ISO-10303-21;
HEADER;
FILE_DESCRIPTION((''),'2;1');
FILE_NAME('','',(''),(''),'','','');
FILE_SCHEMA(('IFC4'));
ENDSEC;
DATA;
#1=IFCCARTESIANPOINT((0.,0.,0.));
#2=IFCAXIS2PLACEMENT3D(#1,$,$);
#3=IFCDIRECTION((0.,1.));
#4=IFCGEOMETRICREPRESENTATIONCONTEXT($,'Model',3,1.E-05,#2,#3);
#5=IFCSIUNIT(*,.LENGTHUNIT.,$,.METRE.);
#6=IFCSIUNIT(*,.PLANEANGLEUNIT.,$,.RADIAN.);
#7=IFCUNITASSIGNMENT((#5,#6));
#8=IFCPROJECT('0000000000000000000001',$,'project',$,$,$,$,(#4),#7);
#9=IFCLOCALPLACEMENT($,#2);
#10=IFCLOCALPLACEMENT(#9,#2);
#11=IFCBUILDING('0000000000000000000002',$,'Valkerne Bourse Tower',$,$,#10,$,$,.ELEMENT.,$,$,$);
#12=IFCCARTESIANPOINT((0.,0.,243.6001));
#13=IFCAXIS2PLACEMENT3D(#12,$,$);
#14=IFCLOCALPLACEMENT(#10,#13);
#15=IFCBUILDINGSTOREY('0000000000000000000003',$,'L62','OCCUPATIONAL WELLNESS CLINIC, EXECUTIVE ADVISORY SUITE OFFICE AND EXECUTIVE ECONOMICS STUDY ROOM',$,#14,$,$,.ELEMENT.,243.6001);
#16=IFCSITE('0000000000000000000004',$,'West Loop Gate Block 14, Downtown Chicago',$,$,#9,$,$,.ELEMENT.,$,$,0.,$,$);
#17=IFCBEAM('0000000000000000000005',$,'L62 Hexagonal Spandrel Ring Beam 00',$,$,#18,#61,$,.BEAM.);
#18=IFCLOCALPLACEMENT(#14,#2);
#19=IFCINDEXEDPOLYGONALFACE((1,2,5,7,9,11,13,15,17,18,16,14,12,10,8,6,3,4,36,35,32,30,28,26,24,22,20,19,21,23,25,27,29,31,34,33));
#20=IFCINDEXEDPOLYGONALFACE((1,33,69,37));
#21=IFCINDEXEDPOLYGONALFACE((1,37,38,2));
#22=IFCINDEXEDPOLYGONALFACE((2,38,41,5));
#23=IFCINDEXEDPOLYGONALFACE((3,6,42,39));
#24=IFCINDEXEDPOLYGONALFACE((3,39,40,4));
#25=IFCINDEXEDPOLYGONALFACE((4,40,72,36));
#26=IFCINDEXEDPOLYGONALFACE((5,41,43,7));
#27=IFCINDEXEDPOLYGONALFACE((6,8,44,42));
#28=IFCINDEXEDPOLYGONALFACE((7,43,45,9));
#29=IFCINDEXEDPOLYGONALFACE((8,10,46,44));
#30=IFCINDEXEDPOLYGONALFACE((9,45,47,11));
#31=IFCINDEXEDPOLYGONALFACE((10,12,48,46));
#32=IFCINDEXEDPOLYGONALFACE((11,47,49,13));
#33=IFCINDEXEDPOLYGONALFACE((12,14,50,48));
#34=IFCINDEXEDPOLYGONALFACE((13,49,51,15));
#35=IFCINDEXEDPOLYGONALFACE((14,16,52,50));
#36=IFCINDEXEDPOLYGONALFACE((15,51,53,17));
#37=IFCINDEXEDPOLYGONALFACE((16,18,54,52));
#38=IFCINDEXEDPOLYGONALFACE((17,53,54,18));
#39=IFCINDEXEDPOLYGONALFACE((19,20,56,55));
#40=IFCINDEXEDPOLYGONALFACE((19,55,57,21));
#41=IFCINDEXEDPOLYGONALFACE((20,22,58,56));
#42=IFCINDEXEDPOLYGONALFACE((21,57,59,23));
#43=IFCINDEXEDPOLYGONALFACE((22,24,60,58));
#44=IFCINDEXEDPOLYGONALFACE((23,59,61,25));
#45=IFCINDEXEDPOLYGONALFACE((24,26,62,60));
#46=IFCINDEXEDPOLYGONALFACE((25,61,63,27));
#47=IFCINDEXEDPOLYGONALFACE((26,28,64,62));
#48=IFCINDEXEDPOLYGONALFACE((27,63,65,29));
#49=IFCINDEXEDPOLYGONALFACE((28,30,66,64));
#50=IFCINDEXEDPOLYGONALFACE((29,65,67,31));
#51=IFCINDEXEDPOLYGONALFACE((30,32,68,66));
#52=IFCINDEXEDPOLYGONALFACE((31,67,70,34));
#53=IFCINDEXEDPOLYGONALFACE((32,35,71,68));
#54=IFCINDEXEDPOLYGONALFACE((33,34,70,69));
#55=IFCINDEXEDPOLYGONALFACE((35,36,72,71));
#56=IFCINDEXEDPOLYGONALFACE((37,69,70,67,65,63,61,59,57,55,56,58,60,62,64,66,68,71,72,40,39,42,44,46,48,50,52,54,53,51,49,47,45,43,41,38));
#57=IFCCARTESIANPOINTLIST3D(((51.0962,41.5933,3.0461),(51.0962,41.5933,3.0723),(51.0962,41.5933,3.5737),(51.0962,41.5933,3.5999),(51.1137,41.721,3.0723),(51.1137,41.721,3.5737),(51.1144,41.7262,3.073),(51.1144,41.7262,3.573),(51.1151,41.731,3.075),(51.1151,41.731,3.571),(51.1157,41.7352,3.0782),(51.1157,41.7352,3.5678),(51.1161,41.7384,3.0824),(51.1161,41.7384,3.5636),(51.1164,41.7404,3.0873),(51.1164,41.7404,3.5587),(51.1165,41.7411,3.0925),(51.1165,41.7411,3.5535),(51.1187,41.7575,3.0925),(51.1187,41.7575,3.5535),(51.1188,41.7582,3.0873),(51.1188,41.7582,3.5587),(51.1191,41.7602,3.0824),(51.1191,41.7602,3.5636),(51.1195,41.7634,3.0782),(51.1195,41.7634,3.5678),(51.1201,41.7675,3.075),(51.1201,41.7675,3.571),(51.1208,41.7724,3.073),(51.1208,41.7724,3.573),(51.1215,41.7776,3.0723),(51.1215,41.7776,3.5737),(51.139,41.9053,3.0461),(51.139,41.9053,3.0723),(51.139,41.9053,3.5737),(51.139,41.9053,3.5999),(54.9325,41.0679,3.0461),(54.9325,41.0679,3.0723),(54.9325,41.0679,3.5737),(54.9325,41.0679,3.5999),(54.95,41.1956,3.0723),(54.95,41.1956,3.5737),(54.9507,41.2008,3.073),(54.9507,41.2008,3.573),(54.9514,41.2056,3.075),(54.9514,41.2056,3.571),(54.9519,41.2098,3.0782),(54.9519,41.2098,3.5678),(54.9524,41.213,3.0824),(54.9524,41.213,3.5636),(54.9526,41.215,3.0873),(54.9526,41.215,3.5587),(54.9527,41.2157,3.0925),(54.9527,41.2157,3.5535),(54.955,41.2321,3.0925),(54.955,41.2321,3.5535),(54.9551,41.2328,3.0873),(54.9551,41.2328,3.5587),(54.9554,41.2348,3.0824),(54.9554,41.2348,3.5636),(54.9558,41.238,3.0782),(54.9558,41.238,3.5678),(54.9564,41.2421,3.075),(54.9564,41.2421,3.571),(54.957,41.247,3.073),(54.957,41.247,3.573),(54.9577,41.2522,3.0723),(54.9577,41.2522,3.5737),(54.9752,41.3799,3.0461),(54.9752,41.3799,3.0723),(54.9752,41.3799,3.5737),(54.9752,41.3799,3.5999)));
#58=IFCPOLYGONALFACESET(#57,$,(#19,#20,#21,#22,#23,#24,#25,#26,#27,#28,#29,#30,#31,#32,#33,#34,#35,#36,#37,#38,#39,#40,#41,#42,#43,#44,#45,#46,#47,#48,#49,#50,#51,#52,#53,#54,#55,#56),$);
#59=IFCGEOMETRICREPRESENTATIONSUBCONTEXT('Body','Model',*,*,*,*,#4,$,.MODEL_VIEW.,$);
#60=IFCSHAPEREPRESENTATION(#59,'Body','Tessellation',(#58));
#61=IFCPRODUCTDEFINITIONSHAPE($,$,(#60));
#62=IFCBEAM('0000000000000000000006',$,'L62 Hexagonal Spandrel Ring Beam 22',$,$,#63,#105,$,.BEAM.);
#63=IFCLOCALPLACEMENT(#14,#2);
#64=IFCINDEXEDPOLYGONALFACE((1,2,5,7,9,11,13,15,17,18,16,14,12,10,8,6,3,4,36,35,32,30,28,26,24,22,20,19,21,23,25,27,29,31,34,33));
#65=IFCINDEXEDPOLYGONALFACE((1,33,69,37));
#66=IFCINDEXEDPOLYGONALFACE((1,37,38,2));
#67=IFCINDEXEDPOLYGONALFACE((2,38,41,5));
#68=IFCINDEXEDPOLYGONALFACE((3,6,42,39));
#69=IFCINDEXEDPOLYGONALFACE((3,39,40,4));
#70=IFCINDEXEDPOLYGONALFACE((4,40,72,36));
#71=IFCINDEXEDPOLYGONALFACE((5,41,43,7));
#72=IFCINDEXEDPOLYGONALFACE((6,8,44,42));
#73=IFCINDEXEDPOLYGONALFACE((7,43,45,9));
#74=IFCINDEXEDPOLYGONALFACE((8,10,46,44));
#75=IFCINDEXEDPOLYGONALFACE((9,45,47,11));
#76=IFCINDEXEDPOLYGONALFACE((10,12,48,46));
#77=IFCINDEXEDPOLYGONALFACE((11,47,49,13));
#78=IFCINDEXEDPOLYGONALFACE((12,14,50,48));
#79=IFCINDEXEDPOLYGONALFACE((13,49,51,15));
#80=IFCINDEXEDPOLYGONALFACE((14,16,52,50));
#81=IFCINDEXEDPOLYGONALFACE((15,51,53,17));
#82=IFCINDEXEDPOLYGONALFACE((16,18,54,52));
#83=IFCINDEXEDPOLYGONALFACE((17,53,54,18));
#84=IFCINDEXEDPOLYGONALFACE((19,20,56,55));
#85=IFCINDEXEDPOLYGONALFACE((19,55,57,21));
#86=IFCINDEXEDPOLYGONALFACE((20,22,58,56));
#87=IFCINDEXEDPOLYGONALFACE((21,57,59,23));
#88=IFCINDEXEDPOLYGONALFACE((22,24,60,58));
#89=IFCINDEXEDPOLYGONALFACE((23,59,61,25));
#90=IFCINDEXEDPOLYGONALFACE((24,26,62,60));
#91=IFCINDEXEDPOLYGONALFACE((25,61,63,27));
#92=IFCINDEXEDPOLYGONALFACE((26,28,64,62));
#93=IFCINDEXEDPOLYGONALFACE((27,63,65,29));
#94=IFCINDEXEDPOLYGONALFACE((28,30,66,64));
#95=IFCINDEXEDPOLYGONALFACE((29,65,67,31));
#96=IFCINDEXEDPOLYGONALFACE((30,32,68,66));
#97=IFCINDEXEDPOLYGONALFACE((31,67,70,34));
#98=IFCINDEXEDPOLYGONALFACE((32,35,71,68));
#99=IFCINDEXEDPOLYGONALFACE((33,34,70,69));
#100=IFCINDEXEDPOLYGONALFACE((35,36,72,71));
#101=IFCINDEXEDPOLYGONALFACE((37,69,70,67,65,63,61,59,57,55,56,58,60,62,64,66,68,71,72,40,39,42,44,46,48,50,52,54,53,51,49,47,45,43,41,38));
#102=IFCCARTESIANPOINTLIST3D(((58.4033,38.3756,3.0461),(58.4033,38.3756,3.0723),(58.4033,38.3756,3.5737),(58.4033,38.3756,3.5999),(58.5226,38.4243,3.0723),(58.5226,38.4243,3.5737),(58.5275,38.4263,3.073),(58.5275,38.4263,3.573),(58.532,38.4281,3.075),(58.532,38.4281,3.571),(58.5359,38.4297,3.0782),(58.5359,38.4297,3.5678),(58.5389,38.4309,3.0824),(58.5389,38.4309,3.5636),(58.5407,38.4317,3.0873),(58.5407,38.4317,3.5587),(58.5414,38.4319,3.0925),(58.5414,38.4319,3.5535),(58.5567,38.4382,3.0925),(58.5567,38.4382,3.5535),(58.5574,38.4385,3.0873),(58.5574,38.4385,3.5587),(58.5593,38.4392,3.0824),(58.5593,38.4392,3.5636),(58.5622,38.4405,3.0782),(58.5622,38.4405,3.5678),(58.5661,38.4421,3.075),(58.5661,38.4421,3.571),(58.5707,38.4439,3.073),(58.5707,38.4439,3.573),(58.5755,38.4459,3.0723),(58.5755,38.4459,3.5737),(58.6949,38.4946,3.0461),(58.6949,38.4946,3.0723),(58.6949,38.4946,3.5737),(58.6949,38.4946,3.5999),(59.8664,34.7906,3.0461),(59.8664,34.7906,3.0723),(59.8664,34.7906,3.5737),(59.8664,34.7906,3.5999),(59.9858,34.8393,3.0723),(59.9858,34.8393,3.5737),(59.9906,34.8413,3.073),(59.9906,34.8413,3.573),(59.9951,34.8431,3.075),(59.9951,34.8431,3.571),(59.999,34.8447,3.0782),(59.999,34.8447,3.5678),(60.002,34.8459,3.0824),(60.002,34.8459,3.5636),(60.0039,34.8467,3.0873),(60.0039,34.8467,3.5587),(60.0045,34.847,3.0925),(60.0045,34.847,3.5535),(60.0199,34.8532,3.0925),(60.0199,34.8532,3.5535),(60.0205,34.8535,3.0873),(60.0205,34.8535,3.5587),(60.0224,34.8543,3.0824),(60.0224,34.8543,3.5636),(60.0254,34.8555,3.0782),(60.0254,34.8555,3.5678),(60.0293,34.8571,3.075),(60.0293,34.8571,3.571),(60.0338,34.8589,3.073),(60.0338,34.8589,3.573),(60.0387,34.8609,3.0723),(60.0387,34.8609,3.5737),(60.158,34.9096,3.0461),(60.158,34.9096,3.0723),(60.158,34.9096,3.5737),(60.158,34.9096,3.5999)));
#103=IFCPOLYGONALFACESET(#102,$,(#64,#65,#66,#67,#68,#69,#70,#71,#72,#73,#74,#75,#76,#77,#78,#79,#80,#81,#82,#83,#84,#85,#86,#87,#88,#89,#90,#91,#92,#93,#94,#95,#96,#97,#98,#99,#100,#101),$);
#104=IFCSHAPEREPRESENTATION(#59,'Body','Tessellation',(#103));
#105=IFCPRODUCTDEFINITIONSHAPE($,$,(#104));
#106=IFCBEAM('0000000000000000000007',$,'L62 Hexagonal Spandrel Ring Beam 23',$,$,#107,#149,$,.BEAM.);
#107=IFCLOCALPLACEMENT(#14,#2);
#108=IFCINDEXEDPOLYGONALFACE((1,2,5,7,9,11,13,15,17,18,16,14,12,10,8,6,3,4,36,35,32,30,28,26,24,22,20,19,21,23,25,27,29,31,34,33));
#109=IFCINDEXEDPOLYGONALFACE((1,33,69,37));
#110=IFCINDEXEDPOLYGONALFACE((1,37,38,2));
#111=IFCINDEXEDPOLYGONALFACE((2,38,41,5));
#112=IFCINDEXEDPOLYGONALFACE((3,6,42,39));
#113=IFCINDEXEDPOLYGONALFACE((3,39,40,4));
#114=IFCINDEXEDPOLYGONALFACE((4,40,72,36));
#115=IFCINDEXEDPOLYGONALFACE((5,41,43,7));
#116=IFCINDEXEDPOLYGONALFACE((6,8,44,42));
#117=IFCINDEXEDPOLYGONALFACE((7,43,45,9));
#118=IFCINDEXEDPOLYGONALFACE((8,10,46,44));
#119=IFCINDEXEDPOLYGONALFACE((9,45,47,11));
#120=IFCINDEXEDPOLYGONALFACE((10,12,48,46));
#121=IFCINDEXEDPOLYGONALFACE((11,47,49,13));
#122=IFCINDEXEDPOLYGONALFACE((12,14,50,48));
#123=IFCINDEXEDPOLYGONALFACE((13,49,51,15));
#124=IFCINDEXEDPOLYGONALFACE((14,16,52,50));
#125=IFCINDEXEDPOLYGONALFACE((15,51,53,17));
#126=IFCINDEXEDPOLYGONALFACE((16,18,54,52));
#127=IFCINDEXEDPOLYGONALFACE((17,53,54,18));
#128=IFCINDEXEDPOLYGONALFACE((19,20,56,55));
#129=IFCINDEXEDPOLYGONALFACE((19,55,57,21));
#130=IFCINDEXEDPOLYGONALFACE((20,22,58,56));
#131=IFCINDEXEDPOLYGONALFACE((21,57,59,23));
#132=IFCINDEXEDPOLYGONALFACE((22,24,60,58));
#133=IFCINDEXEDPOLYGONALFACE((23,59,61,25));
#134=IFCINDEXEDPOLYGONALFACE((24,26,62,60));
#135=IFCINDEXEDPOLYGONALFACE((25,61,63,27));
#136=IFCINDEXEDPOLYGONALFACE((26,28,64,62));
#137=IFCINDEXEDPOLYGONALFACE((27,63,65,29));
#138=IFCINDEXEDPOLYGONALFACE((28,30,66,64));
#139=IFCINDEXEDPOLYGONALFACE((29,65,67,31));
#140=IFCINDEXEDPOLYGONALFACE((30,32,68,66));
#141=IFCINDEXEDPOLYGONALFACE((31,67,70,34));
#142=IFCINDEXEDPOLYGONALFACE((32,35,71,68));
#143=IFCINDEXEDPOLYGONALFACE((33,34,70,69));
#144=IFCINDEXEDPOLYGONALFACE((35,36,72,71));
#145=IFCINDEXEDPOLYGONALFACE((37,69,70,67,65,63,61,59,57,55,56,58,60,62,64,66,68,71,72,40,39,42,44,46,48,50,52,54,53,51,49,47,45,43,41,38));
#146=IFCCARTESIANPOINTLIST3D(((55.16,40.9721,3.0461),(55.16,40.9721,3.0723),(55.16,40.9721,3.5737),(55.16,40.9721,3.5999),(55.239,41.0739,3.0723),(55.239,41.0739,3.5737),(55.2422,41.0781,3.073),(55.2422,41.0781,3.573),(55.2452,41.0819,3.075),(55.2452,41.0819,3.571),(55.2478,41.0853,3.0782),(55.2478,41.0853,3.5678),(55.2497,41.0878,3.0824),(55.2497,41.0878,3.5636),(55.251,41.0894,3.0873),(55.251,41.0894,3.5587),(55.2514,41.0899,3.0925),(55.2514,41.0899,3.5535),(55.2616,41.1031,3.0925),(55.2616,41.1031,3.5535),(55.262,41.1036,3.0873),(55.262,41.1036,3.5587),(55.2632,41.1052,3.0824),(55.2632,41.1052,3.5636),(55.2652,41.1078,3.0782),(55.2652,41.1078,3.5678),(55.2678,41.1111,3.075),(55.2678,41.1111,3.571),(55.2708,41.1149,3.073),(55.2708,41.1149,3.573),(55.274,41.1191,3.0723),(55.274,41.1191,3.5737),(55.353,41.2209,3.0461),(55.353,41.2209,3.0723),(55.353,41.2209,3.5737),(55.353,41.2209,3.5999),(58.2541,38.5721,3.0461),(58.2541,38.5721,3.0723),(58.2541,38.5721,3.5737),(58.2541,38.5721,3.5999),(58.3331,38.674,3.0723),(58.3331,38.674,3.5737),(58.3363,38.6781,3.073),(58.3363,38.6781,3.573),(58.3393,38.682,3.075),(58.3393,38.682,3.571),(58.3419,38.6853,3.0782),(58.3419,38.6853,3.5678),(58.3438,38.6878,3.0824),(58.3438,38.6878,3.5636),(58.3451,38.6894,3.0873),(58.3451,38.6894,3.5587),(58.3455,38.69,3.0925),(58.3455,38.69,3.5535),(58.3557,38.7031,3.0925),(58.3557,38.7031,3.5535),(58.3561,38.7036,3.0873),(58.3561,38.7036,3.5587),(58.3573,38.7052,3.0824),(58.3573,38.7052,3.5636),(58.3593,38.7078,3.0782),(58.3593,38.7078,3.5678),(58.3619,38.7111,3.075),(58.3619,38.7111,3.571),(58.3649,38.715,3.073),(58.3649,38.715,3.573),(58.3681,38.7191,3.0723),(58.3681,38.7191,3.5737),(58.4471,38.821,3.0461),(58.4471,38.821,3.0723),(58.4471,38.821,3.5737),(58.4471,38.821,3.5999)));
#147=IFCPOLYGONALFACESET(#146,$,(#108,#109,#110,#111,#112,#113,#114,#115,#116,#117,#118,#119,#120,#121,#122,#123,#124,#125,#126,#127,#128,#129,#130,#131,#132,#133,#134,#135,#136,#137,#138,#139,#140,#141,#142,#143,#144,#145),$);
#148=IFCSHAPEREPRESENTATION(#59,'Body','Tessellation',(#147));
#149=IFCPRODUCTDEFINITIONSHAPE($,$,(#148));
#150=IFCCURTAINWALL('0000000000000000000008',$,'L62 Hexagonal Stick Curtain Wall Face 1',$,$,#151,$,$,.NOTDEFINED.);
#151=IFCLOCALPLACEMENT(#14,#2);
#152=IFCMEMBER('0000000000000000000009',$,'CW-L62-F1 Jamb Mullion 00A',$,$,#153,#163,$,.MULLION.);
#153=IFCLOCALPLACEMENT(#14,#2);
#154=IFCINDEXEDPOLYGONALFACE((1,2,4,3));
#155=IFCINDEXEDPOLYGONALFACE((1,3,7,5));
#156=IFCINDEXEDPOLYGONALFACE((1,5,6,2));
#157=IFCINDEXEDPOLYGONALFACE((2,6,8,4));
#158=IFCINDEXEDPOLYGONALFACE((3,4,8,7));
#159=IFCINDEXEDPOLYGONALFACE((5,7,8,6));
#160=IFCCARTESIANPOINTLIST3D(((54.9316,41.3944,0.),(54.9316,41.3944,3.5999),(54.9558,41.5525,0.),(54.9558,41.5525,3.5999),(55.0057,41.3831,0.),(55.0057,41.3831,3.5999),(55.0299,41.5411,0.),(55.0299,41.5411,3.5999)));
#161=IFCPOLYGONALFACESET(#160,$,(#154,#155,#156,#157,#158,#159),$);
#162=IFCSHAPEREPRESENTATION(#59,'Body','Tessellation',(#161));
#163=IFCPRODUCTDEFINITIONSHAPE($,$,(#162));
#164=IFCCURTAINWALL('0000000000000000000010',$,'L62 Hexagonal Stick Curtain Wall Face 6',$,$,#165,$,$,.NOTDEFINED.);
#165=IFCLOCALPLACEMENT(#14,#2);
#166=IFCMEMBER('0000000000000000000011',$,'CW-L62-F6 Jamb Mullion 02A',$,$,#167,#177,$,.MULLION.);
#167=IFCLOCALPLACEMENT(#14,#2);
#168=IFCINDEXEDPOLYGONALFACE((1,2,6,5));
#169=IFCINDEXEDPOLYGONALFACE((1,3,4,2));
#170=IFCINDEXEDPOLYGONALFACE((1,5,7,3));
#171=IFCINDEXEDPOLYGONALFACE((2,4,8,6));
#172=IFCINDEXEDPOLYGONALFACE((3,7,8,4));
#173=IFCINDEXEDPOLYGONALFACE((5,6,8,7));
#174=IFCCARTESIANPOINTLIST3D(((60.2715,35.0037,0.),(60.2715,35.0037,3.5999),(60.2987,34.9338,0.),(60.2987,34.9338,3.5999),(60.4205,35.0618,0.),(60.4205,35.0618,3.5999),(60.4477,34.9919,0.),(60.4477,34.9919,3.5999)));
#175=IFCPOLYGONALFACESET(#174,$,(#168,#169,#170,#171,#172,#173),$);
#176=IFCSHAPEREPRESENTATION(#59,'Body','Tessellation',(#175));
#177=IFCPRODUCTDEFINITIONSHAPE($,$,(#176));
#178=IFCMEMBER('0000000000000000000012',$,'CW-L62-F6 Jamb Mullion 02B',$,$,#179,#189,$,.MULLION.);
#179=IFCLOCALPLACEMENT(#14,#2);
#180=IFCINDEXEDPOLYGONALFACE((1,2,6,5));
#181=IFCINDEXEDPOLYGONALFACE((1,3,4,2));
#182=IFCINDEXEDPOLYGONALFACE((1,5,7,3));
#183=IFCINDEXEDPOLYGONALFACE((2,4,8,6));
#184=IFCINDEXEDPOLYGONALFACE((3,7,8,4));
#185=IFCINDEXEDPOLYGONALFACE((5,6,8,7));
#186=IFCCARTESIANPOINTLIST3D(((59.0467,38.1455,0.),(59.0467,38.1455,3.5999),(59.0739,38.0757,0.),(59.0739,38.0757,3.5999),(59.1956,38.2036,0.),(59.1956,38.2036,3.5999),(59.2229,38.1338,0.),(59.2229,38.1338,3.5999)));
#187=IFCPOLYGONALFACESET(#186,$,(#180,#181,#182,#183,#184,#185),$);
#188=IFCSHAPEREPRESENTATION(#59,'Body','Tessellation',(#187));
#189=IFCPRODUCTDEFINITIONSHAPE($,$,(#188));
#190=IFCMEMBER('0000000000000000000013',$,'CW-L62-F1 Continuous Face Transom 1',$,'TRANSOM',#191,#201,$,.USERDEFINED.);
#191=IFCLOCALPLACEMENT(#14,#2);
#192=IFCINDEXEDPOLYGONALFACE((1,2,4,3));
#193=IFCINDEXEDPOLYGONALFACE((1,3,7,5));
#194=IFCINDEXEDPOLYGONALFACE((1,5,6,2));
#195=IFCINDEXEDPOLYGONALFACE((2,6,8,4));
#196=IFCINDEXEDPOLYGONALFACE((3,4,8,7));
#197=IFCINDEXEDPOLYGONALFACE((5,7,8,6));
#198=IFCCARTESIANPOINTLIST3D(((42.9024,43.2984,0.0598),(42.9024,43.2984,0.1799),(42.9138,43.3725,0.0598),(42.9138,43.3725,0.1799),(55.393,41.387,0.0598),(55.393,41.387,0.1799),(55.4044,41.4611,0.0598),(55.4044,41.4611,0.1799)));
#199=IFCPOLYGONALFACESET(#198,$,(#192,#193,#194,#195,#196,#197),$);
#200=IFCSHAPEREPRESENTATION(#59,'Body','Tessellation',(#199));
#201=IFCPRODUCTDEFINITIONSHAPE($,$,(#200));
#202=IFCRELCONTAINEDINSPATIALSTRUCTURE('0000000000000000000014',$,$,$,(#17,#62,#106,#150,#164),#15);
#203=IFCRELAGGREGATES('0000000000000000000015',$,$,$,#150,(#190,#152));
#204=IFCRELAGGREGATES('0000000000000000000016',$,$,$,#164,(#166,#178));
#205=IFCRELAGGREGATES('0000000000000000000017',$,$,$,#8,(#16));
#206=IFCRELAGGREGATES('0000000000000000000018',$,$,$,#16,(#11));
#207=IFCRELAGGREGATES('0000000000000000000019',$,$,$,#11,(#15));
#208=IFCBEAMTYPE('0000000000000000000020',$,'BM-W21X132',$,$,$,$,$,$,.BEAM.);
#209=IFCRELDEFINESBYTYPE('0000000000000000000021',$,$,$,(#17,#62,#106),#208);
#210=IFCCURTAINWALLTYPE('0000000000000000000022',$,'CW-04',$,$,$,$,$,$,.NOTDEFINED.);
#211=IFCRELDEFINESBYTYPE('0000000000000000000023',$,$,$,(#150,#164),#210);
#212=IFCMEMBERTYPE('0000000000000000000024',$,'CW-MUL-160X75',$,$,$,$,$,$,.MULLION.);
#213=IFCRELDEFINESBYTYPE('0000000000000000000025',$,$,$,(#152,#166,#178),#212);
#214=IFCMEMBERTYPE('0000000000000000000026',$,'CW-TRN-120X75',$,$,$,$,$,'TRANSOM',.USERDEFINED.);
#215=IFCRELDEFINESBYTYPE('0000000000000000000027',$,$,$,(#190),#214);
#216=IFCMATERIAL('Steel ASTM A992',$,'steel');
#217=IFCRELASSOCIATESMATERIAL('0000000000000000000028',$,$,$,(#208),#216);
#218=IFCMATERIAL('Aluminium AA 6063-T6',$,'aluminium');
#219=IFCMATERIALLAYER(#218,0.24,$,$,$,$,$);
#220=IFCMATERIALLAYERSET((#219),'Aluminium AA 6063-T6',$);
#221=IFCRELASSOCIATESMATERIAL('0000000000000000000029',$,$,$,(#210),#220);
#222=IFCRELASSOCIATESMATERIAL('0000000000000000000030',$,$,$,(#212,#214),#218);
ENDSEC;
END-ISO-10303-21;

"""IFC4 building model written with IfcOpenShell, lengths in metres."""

from ifc_helpers import new_model, si_unit, direction, frame, origin, origin_2d, place, context, subcontext, project, spatial, rectangle, i_section, extrude, material, layer, layer_set, material_profile, profile_set, type_object, element, aggregate, save


model = new_model("IFC4")

# Units and contexts
model_context = context("Model", 3, precision=1e-05, world=origin(), true_north=direction((0.0, 1.0)))
body_context = subcontext(model_context, "Body", "Model", "MODEL_VIEW")
ifc_project = project(units=[si_unit("LENGTHUNIT", "METRE"), si_unit("PLANEANGLEUNIT", "RADIAN")], contexts=[model_context])

# Site, building, storey
site_placement = place(None, origin())
site = spatial("IfcSite", under=ifc_project, at=site_placement, Name="West Loop Gate Block 14, Downtown Chicago", CompositionType="ELEMENT", RefElevation=0.0)
building_placement = place(site_placement, origin())
building = spatial("IfcBuilding", under=site, at=building_placement, Name="Valkerne Bourse Tower", CompositionType="ELEMENT")
storey_placement = place(building_placement, frame((0.0, 0.0, 243.6001)))
storey = spatial("IfcBuildingStorey", under=building, at=storey_placement, Name="L62", Description="OCCUPATIONAL WELLNESS CLINIC, EXECUTIVE ADVISORY SUITE OFFICE AND EXECUTIVE ECONOMICS STUDY ROOM", CompositionType="ELEMENT", Elevation=243.6001)

# Beams
ifc_material_1 = material(Name="Steel ASTM A992", Category="steel")
ifc_material_profile_1 = material_profile(ifc_material_1, i_section(OverallWidth=0.3149, OverallDepth=0.5537, WebThickness=0.0166, FlangeThickness=0.0261, FilletRadius=0.0203, at=origin_2d()), Name="W21X132")
ifc_profile_set_1 = profile_set([ifc_material_profile_1], Name="Steel ASTM A992")
beam_type = type_object("IfcBeamType", Name="BM-W21X132", PredefinedType="BEAM", material=ifc_profile_set_1)
for number, where, z_axis, x_axis, name in (
    (1, (54.9539, 41.2239, 3.323), (-0.990751, 0.13569, 0.0), (-0.13569, -0.990751, 0.0), "L62 Hexagonal Spandrel Ring Beam 00"),
    (2, (60.0122, 34.8501, 3.323), (-0.377872, 0.925858, 0.0), (-0.925858, -0.377872, 0.0), "L62 Hexagonal Spandrel Ring Beam 22"),
):
    element("IfcBeam", number, at=place(storey_placement, frame(where, z_axis=z_axis, x_axis=x_axis)), inside=storey, type_object=beam_type, Name=name, PredefinedType="BEAM", context=body_context, shape_type="SweptSolid", body=[
        extrude(i_section(OverallWidth=0.3149, OverallDepth=0.5537, WebThickness=0.0166, FlangeThickness=0.0261, FilletRadius=0.0203, at=origin_2d()), origin(), (0.0, 0.0, 1.0), 3.8721),
    ])
beam_placement = place(storey_placement, frame((58.3506, 38.6965, 3.323), z_axis=(-0.790161, 0.6129, 0.0), x_axis=(-0.6129, -0.790161, 0.0)))
element("IfcBeam", 3, at=beam_placement, inside=storey, type_object=beam_type, Name="L62 Hexagonal Spandrel Ring Beam 23", PredefinedType="BEAM", context=body_context, shape_type="SweptSolid", body=[
    extrude(i_section(OverallWidth=0.3149, OverallDepth=0.5537, WebThickness=0.0166, FlangeThickness=0.0261, FilletRadius=0.0203, at=origin_2d()), origin(), (0.0, 0.0, 1.0), 3.9158),
])

# Curtain wall, member
ifc_material_2 = material(Name="Aluminium AA 6063-T6", Category="aluminium")
ifc_layer_1 = layer(ifc_material_2, 0.24)
ifc_layer_set_1 = layer_set([ifc_layer_1], Name="Aluminium AA 6063-T6")
curtain_wall_type = type_object("IfcCurtainWallType", Name="CW-04", PredefinedType="NOTDEFINED", material=ifc_layer_set_1)
curtain_wall_1_placement = place(storey_placement, origin())
curtain_wall_1 = element("IfcCurtainWall", 4, at=curtain_wall_1_placement, inside=storey, type_object=curtain_wall_type, Name="L62 Hexagonal Stick Curtain Wall Face 1", PredefinedType="NOTDEFINED")
ifc_material_profile_2 = material_profile(ifc_material_2, rectangle(XDim=0.075, YDim=0.1599, at=origin_2d()), Name="CWM-75X160")
ifc_profile_set_2 = profile_set([ifc_material_profile_2], Name="Aluminium AA 6063-T6")
member_type_1 = type_object("IfcMemberType", Name="CW-MUL-160X75", PredefinedType="MULLION", material=ifc_profile_set_2)
member_1_placement = place(storey_placement, frame((54.9807, 41.4678, 0.0), z_axis=(0.0, 0.0, 1.0), x_axis=(-0.988495, 0.151256, 0.0)))
member_1 = element("IfcMember", 5, at=member_1_placement, type_object=member_type_1, Name="CW-L62-F1 Jamb Mullion 00A", PredefinedType="MULLION", context=body_context, shape_type="SweptSolid", body=[
    extrude(rectangle(XDim=0.075, YDim=0.1599, at=origin_2d()), origin(), (0.0, 0.0, 1.0), 3.5999),
])

# Curtain wall, members
curtain_wall_2_placement = place(storey_placement, origin())
curtain_wall_2 = element("IfcCurtainWall", 6, at=curtain_wall_2_placement, inside=storey, type_object=curtain_wall_type, Name="L62 Hexagonal Stick Curtain Wall Face 6", PredefinedType="NOTDEFINED")
member_2_placement = place(storey_placement, frame((60.3596, 34.9978, 0.0), z_axis=(0.0, 0.0, 1.0), x_axis=(-0.363247, 0.931693, 0.0)))
member_2 = element("IfcMember", 7, at=member_2_placement, type_object=member_type_1, Name="CW-L62-F6 Jamb Mullion 02A", PredefinedType="MULLION", context=body_context, shape_type="SweptSolid", body=[
    extrude(rectangle(XDim=0.075, YDim=0.1599, at=origin_2d()), origin(), (0.0, 0.0, 1.0), 3.5999),
])
member_3_placement = place(storey_placement, frame((59.1348, 38.1396, 0.0), z_axis=(0.0, 0.0, 1.0), x_axis=(-0.363247, 0.931693, 0.0)))
member_3 = element("IfcMember", 8, at=member_3_placement, type_object=member_type_1, Name="CW-L62-F6 Jamb Mullion 02B", PredefinedType="MULLION", context=body_context, shape_type="SweptSolid", body=[
    extrude(rectangle(XDim=0.075, YDim=0.1599, at=origin_2d()), origin(), (0.0, 0.0, 1.0), 3.5999),
])

# Member
ifc_material_profile_3 = material_profile(ifc_material_2, rectangle(XDim=0.075, YDim=0.1201, at=origin_2d()), Name="CWT-75X120")
ifc_profile_set_3 = profile_set([ifc_material_profile_3], Name="Aluminium AA 6063-T6")
member_type_2 = type_object("IfcMemberType", Name="CW-TRN-120X75", ElementType="TRANSOM", PredefinedType="USERDEFINED", material=ifc_profile_set_3)
member_4_placement = place(storey_placement, frame((55.3987, 41.4241, 0.1199), z_axis=(-0.988493, 0.151266, 0.0), x_axis=(-0.151266, -0.988493, 0.0)))
member_4 = element("IfcMember", 9, at=member_4_placement, type_object=member_type_2, Name="CW-L62-F1 Continuous Face Transom 1", ObjectType="TRANSOM", PredefinedType="USERDEFINED", context=body_context, shape_type="SweptSolid", body=[
    extrude(rectangle(XDim=0.075, YDim=0.1201, at=origin_2d()), origin(), (0.0, 0.0, 1.0), 12.636),
])

aggregate(curtain_wall_1, [member_4, member_1])
aggregate(curtain_wall_2, [member_2, member_3])

save(model, "model.ifc")
